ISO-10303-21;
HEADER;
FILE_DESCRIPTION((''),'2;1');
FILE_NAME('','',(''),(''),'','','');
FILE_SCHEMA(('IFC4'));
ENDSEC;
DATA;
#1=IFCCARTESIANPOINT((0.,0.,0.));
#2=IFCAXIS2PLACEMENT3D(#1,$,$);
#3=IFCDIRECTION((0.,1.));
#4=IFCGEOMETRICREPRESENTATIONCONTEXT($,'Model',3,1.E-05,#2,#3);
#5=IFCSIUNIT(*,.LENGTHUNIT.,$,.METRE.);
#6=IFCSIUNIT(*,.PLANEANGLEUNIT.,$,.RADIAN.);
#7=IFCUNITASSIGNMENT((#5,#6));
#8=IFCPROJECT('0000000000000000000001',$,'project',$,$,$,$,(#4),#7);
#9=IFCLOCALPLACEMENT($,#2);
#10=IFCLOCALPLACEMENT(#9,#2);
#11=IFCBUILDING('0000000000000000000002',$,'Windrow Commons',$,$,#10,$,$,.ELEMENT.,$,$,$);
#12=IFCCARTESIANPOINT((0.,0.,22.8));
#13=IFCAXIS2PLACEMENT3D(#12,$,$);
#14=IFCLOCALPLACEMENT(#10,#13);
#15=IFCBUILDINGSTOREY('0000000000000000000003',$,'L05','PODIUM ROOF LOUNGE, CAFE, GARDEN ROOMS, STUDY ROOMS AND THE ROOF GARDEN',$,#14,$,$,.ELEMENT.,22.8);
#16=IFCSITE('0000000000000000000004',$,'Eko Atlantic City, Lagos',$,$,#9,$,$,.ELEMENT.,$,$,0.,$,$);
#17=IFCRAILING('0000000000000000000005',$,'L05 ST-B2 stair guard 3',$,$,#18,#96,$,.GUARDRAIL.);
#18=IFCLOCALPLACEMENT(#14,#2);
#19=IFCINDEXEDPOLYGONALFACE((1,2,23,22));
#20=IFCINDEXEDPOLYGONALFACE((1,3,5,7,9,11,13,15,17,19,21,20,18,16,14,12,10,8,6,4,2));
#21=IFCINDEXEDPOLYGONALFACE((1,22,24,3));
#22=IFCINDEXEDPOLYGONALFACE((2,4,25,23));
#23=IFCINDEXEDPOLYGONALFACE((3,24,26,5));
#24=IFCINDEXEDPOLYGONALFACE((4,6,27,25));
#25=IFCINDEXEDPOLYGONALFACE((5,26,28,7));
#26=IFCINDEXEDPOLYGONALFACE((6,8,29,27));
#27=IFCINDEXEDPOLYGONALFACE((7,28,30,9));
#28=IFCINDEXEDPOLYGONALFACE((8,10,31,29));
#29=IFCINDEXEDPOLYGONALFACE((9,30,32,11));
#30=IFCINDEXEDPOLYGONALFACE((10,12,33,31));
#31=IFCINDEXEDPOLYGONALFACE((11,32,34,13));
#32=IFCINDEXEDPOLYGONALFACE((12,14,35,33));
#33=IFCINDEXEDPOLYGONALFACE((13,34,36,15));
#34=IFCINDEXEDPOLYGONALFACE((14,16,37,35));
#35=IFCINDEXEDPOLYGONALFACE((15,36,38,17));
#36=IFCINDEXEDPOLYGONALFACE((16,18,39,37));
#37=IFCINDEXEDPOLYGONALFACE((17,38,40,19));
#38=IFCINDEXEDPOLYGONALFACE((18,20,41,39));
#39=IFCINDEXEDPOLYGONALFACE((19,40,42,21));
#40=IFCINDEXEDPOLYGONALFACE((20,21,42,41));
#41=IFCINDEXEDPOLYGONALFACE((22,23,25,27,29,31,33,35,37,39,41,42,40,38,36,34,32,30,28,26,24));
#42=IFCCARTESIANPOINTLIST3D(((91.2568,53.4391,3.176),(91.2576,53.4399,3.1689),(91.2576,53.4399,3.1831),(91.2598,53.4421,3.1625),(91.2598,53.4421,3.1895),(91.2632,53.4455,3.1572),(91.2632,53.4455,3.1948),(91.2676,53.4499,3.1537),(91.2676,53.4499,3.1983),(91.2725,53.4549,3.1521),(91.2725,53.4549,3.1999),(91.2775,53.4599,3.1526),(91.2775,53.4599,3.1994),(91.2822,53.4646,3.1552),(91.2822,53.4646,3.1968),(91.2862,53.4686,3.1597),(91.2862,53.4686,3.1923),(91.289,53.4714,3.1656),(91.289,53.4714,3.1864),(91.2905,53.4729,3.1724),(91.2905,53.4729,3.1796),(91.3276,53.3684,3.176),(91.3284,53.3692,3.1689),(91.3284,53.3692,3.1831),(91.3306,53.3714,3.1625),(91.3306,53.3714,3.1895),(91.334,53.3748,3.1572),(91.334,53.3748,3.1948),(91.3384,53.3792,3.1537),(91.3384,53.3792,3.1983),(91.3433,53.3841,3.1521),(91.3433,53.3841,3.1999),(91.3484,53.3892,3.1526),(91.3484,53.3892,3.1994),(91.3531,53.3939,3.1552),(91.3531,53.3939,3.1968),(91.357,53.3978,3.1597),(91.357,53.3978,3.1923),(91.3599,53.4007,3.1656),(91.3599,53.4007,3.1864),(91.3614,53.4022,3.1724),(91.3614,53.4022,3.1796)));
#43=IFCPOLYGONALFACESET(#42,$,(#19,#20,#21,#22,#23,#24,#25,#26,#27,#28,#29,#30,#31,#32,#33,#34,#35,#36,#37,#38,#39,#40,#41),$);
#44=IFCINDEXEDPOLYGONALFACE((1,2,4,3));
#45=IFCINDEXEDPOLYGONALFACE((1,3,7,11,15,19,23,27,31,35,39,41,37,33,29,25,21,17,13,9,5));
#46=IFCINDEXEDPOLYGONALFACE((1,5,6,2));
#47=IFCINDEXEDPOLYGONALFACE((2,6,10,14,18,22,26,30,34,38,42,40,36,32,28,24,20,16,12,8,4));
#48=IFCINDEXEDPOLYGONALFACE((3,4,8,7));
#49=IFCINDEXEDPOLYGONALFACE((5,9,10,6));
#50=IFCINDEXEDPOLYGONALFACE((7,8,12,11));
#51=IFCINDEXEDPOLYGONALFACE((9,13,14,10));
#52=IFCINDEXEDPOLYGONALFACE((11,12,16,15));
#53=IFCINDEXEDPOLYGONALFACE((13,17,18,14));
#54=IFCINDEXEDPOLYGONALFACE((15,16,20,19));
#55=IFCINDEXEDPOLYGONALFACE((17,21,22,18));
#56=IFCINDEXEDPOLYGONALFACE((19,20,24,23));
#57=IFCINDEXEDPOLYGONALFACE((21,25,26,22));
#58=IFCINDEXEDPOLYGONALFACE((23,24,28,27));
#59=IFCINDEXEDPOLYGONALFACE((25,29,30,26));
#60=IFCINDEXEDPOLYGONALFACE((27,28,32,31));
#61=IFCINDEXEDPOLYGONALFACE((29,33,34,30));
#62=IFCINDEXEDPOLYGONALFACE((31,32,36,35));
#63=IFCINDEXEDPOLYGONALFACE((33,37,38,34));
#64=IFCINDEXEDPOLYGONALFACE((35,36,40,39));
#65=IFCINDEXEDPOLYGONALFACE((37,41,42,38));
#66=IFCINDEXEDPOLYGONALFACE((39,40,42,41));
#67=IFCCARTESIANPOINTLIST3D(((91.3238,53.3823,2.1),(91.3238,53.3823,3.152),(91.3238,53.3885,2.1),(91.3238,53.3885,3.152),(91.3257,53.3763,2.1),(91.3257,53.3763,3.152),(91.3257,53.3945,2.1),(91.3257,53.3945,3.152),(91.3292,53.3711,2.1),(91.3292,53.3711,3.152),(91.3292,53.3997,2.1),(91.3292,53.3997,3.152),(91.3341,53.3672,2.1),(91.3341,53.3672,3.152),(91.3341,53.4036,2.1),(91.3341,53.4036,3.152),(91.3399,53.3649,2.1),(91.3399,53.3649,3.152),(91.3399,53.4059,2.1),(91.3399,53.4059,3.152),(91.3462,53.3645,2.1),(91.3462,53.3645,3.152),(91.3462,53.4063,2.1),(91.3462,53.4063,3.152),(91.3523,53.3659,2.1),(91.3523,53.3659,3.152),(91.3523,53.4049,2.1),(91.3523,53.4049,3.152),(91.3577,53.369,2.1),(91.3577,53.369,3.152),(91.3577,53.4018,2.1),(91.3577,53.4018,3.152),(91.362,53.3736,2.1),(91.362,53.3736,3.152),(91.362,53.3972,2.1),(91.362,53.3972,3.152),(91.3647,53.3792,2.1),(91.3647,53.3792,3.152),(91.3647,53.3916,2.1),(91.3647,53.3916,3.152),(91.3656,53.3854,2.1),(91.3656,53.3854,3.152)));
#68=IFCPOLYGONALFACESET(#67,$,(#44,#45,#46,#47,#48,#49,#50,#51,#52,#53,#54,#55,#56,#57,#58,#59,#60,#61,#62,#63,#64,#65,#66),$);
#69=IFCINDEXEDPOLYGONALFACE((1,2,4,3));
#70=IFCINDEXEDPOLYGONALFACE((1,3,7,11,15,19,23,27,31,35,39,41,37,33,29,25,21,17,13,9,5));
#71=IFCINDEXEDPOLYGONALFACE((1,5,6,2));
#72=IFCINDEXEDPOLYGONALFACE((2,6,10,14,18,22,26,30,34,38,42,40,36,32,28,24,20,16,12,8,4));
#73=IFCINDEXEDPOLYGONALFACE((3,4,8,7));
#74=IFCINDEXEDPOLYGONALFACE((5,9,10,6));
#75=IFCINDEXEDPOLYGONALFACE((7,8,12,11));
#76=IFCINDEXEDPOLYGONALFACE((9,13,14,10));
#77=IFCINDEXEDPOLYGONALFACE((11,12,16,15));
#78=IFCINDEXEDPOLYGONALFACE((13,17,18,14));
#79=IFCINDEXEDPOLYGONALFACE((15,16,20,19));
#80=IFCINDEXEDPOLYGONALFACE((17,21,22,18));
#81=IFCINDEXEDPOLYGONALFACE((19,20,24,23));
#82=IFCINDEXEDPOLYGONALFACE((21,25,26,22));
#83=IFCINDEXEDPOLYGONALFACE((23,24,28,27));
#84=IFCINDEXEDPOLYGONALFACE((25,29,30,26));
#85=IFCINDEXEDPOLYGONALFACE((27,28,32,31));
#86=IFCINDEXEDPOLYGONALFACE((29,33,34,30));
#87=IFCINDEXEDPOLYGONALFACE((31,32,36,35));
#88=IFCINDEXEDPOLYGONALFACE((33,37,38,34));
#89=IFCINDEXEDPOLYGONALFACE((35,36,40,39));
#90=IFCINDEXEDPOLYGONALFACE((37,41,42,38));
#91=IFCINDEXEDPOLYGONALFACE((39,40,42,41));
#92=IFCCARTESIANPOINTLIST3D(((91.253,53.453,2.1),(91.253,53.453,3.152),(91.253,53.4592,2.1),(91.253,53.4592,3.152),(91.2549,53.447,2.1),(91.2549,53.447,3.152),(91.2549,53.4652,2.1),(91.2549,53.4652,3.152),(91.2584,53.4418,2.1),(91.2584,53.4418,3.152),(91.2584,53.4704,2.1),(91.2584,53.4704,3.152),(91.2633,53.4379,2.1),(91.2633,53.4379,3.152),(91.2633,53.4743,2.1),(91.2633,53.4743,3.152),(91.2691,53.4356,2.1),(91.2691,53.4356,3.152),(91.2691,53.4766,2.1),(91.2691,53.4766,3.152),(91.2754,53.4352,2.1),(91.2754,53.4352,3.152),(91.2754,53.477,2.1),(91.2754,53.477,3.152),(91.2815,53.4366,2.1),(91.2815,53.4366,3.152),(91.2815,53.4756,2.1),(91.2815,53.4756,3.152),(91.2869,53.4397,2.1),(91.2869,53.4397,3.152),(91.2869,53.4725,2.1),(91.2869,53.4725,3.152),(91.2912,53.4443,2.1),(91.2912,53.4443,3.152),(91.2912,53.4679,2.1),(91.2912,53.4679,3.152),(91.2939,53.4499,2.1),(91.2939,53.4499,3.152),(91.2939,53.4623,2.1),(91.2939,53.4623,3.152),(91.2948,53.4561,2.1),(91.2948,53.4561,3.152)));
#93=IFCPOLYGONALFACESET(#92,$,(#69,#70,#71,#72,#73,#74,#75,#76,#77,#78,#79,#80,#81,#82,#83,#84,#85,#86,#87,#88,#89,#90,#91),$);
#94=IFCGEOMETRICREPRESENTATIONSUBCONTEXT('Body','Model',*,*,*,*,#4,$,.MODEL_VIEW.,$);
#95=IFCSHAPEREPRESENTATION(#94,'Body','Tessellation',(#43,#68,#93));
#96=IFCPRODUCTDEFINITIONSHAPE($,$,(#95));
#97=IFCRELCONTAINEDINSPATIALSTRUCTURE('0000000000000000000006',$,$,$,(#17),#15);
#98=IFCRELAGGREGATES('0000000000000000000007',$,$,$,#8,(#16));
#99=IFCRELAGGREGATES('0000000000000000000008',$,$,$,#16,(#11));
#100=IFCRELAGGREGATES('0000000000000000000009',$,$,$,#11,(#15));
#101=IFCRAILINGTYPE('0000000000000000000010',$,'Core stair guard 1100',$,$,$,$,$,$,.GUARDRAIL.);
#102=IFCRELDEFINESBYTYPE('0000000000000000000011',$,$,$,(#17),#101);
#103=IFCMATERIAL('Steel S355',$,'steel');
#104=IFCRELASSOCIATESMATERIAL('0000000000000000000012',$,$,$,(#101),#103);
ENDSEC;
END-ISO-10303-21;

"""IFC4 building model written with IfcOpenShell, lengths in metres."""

from ifc_helpers import new_model, si_unit, direction, frame, origin, origin_2d, place, context, subcontext, project, spatial, circle, extrude, material, type_object, element, save


model = new_model("IFC4")

# Units and contexts
model_context = context("Model", 3, precision=1e-05, world=origin(), true_north=direction((0.0, 1.0)))
body_context = subcontext(model_context, "Body", "Model", "MODEL_VIEW")
ifc_project = project(units=[si_unit("LENGTHUNIT", "METRE"), si_unit("PLANEANGLEUNIT", "RADIAN")], contexts=[model_context])

# Site, building, storey
site_placement = place(None, origin())
site = spatial("IfcSite", under=ifc_project, at=site_placement, Name="Eko Atlantic City, Lagos", CompositionType="ELEMENT", RefElevation=0.0)
building_placement = place(site_placement, origin())
building = spatial("IfcBuilding", under=site, at=building_placement, Name="Windrow Commons", CompositionType="ELEMENT")
storey_placement = place(building_placement, frame((0.0, 0.0, 22.8)))
storey = spatial("IfcBuildingStorey", under=building, at=storey_placement, Name="L05", Description="PODIUM ROOF LOUNGE, CAFE, GARDEN ROOMS, STUDY ROOMS AND THE ROOF GARDEN", CompositionType="ELEMENT", Elevation=22.8)

# Railing
ifc_material_1 = material(Name="Steel S355", Category="steel")
railing_type_1 = type_object("IfcRailingType", Name="Core stair guard 1100", PredefinedType="GUARDRAIL", material=ifc_material_1)
railing_1_placement = place(storey_placement, frame((91.3446, 53.3854, 2.1)))
element("IfcRailing", 1, at=railing_1_placement, inside=storey, type_object=railing_type_1, Name="L05 ST-B2 stair guard 3", PredefinedType="GUARDRAIL", context=body_context, shape_type="SweptSolid", body=[
    extrude(circle(Radius=0.024, at=origin_2d()), frame((0.0, 0.0, 1.076), z_axis=(-0.707606, 0.706607, 0.0), x_axis=(-0.706607, -0.707606, 0.0)), (0.0, 0.0, 1.0), 0.1001),
    extrude(circle(Radius=0.021, at=origin_2d()), origin(), (0.0, 0.0, 1.0), 1.052),
    extrude(circle(Radius=0.021, at=origin_2d()), frame((-0.0708, 0.0707, 0.0)), (0.0, 0.0, 1.0), 1.052),
])

save(model, "model.ifc")
